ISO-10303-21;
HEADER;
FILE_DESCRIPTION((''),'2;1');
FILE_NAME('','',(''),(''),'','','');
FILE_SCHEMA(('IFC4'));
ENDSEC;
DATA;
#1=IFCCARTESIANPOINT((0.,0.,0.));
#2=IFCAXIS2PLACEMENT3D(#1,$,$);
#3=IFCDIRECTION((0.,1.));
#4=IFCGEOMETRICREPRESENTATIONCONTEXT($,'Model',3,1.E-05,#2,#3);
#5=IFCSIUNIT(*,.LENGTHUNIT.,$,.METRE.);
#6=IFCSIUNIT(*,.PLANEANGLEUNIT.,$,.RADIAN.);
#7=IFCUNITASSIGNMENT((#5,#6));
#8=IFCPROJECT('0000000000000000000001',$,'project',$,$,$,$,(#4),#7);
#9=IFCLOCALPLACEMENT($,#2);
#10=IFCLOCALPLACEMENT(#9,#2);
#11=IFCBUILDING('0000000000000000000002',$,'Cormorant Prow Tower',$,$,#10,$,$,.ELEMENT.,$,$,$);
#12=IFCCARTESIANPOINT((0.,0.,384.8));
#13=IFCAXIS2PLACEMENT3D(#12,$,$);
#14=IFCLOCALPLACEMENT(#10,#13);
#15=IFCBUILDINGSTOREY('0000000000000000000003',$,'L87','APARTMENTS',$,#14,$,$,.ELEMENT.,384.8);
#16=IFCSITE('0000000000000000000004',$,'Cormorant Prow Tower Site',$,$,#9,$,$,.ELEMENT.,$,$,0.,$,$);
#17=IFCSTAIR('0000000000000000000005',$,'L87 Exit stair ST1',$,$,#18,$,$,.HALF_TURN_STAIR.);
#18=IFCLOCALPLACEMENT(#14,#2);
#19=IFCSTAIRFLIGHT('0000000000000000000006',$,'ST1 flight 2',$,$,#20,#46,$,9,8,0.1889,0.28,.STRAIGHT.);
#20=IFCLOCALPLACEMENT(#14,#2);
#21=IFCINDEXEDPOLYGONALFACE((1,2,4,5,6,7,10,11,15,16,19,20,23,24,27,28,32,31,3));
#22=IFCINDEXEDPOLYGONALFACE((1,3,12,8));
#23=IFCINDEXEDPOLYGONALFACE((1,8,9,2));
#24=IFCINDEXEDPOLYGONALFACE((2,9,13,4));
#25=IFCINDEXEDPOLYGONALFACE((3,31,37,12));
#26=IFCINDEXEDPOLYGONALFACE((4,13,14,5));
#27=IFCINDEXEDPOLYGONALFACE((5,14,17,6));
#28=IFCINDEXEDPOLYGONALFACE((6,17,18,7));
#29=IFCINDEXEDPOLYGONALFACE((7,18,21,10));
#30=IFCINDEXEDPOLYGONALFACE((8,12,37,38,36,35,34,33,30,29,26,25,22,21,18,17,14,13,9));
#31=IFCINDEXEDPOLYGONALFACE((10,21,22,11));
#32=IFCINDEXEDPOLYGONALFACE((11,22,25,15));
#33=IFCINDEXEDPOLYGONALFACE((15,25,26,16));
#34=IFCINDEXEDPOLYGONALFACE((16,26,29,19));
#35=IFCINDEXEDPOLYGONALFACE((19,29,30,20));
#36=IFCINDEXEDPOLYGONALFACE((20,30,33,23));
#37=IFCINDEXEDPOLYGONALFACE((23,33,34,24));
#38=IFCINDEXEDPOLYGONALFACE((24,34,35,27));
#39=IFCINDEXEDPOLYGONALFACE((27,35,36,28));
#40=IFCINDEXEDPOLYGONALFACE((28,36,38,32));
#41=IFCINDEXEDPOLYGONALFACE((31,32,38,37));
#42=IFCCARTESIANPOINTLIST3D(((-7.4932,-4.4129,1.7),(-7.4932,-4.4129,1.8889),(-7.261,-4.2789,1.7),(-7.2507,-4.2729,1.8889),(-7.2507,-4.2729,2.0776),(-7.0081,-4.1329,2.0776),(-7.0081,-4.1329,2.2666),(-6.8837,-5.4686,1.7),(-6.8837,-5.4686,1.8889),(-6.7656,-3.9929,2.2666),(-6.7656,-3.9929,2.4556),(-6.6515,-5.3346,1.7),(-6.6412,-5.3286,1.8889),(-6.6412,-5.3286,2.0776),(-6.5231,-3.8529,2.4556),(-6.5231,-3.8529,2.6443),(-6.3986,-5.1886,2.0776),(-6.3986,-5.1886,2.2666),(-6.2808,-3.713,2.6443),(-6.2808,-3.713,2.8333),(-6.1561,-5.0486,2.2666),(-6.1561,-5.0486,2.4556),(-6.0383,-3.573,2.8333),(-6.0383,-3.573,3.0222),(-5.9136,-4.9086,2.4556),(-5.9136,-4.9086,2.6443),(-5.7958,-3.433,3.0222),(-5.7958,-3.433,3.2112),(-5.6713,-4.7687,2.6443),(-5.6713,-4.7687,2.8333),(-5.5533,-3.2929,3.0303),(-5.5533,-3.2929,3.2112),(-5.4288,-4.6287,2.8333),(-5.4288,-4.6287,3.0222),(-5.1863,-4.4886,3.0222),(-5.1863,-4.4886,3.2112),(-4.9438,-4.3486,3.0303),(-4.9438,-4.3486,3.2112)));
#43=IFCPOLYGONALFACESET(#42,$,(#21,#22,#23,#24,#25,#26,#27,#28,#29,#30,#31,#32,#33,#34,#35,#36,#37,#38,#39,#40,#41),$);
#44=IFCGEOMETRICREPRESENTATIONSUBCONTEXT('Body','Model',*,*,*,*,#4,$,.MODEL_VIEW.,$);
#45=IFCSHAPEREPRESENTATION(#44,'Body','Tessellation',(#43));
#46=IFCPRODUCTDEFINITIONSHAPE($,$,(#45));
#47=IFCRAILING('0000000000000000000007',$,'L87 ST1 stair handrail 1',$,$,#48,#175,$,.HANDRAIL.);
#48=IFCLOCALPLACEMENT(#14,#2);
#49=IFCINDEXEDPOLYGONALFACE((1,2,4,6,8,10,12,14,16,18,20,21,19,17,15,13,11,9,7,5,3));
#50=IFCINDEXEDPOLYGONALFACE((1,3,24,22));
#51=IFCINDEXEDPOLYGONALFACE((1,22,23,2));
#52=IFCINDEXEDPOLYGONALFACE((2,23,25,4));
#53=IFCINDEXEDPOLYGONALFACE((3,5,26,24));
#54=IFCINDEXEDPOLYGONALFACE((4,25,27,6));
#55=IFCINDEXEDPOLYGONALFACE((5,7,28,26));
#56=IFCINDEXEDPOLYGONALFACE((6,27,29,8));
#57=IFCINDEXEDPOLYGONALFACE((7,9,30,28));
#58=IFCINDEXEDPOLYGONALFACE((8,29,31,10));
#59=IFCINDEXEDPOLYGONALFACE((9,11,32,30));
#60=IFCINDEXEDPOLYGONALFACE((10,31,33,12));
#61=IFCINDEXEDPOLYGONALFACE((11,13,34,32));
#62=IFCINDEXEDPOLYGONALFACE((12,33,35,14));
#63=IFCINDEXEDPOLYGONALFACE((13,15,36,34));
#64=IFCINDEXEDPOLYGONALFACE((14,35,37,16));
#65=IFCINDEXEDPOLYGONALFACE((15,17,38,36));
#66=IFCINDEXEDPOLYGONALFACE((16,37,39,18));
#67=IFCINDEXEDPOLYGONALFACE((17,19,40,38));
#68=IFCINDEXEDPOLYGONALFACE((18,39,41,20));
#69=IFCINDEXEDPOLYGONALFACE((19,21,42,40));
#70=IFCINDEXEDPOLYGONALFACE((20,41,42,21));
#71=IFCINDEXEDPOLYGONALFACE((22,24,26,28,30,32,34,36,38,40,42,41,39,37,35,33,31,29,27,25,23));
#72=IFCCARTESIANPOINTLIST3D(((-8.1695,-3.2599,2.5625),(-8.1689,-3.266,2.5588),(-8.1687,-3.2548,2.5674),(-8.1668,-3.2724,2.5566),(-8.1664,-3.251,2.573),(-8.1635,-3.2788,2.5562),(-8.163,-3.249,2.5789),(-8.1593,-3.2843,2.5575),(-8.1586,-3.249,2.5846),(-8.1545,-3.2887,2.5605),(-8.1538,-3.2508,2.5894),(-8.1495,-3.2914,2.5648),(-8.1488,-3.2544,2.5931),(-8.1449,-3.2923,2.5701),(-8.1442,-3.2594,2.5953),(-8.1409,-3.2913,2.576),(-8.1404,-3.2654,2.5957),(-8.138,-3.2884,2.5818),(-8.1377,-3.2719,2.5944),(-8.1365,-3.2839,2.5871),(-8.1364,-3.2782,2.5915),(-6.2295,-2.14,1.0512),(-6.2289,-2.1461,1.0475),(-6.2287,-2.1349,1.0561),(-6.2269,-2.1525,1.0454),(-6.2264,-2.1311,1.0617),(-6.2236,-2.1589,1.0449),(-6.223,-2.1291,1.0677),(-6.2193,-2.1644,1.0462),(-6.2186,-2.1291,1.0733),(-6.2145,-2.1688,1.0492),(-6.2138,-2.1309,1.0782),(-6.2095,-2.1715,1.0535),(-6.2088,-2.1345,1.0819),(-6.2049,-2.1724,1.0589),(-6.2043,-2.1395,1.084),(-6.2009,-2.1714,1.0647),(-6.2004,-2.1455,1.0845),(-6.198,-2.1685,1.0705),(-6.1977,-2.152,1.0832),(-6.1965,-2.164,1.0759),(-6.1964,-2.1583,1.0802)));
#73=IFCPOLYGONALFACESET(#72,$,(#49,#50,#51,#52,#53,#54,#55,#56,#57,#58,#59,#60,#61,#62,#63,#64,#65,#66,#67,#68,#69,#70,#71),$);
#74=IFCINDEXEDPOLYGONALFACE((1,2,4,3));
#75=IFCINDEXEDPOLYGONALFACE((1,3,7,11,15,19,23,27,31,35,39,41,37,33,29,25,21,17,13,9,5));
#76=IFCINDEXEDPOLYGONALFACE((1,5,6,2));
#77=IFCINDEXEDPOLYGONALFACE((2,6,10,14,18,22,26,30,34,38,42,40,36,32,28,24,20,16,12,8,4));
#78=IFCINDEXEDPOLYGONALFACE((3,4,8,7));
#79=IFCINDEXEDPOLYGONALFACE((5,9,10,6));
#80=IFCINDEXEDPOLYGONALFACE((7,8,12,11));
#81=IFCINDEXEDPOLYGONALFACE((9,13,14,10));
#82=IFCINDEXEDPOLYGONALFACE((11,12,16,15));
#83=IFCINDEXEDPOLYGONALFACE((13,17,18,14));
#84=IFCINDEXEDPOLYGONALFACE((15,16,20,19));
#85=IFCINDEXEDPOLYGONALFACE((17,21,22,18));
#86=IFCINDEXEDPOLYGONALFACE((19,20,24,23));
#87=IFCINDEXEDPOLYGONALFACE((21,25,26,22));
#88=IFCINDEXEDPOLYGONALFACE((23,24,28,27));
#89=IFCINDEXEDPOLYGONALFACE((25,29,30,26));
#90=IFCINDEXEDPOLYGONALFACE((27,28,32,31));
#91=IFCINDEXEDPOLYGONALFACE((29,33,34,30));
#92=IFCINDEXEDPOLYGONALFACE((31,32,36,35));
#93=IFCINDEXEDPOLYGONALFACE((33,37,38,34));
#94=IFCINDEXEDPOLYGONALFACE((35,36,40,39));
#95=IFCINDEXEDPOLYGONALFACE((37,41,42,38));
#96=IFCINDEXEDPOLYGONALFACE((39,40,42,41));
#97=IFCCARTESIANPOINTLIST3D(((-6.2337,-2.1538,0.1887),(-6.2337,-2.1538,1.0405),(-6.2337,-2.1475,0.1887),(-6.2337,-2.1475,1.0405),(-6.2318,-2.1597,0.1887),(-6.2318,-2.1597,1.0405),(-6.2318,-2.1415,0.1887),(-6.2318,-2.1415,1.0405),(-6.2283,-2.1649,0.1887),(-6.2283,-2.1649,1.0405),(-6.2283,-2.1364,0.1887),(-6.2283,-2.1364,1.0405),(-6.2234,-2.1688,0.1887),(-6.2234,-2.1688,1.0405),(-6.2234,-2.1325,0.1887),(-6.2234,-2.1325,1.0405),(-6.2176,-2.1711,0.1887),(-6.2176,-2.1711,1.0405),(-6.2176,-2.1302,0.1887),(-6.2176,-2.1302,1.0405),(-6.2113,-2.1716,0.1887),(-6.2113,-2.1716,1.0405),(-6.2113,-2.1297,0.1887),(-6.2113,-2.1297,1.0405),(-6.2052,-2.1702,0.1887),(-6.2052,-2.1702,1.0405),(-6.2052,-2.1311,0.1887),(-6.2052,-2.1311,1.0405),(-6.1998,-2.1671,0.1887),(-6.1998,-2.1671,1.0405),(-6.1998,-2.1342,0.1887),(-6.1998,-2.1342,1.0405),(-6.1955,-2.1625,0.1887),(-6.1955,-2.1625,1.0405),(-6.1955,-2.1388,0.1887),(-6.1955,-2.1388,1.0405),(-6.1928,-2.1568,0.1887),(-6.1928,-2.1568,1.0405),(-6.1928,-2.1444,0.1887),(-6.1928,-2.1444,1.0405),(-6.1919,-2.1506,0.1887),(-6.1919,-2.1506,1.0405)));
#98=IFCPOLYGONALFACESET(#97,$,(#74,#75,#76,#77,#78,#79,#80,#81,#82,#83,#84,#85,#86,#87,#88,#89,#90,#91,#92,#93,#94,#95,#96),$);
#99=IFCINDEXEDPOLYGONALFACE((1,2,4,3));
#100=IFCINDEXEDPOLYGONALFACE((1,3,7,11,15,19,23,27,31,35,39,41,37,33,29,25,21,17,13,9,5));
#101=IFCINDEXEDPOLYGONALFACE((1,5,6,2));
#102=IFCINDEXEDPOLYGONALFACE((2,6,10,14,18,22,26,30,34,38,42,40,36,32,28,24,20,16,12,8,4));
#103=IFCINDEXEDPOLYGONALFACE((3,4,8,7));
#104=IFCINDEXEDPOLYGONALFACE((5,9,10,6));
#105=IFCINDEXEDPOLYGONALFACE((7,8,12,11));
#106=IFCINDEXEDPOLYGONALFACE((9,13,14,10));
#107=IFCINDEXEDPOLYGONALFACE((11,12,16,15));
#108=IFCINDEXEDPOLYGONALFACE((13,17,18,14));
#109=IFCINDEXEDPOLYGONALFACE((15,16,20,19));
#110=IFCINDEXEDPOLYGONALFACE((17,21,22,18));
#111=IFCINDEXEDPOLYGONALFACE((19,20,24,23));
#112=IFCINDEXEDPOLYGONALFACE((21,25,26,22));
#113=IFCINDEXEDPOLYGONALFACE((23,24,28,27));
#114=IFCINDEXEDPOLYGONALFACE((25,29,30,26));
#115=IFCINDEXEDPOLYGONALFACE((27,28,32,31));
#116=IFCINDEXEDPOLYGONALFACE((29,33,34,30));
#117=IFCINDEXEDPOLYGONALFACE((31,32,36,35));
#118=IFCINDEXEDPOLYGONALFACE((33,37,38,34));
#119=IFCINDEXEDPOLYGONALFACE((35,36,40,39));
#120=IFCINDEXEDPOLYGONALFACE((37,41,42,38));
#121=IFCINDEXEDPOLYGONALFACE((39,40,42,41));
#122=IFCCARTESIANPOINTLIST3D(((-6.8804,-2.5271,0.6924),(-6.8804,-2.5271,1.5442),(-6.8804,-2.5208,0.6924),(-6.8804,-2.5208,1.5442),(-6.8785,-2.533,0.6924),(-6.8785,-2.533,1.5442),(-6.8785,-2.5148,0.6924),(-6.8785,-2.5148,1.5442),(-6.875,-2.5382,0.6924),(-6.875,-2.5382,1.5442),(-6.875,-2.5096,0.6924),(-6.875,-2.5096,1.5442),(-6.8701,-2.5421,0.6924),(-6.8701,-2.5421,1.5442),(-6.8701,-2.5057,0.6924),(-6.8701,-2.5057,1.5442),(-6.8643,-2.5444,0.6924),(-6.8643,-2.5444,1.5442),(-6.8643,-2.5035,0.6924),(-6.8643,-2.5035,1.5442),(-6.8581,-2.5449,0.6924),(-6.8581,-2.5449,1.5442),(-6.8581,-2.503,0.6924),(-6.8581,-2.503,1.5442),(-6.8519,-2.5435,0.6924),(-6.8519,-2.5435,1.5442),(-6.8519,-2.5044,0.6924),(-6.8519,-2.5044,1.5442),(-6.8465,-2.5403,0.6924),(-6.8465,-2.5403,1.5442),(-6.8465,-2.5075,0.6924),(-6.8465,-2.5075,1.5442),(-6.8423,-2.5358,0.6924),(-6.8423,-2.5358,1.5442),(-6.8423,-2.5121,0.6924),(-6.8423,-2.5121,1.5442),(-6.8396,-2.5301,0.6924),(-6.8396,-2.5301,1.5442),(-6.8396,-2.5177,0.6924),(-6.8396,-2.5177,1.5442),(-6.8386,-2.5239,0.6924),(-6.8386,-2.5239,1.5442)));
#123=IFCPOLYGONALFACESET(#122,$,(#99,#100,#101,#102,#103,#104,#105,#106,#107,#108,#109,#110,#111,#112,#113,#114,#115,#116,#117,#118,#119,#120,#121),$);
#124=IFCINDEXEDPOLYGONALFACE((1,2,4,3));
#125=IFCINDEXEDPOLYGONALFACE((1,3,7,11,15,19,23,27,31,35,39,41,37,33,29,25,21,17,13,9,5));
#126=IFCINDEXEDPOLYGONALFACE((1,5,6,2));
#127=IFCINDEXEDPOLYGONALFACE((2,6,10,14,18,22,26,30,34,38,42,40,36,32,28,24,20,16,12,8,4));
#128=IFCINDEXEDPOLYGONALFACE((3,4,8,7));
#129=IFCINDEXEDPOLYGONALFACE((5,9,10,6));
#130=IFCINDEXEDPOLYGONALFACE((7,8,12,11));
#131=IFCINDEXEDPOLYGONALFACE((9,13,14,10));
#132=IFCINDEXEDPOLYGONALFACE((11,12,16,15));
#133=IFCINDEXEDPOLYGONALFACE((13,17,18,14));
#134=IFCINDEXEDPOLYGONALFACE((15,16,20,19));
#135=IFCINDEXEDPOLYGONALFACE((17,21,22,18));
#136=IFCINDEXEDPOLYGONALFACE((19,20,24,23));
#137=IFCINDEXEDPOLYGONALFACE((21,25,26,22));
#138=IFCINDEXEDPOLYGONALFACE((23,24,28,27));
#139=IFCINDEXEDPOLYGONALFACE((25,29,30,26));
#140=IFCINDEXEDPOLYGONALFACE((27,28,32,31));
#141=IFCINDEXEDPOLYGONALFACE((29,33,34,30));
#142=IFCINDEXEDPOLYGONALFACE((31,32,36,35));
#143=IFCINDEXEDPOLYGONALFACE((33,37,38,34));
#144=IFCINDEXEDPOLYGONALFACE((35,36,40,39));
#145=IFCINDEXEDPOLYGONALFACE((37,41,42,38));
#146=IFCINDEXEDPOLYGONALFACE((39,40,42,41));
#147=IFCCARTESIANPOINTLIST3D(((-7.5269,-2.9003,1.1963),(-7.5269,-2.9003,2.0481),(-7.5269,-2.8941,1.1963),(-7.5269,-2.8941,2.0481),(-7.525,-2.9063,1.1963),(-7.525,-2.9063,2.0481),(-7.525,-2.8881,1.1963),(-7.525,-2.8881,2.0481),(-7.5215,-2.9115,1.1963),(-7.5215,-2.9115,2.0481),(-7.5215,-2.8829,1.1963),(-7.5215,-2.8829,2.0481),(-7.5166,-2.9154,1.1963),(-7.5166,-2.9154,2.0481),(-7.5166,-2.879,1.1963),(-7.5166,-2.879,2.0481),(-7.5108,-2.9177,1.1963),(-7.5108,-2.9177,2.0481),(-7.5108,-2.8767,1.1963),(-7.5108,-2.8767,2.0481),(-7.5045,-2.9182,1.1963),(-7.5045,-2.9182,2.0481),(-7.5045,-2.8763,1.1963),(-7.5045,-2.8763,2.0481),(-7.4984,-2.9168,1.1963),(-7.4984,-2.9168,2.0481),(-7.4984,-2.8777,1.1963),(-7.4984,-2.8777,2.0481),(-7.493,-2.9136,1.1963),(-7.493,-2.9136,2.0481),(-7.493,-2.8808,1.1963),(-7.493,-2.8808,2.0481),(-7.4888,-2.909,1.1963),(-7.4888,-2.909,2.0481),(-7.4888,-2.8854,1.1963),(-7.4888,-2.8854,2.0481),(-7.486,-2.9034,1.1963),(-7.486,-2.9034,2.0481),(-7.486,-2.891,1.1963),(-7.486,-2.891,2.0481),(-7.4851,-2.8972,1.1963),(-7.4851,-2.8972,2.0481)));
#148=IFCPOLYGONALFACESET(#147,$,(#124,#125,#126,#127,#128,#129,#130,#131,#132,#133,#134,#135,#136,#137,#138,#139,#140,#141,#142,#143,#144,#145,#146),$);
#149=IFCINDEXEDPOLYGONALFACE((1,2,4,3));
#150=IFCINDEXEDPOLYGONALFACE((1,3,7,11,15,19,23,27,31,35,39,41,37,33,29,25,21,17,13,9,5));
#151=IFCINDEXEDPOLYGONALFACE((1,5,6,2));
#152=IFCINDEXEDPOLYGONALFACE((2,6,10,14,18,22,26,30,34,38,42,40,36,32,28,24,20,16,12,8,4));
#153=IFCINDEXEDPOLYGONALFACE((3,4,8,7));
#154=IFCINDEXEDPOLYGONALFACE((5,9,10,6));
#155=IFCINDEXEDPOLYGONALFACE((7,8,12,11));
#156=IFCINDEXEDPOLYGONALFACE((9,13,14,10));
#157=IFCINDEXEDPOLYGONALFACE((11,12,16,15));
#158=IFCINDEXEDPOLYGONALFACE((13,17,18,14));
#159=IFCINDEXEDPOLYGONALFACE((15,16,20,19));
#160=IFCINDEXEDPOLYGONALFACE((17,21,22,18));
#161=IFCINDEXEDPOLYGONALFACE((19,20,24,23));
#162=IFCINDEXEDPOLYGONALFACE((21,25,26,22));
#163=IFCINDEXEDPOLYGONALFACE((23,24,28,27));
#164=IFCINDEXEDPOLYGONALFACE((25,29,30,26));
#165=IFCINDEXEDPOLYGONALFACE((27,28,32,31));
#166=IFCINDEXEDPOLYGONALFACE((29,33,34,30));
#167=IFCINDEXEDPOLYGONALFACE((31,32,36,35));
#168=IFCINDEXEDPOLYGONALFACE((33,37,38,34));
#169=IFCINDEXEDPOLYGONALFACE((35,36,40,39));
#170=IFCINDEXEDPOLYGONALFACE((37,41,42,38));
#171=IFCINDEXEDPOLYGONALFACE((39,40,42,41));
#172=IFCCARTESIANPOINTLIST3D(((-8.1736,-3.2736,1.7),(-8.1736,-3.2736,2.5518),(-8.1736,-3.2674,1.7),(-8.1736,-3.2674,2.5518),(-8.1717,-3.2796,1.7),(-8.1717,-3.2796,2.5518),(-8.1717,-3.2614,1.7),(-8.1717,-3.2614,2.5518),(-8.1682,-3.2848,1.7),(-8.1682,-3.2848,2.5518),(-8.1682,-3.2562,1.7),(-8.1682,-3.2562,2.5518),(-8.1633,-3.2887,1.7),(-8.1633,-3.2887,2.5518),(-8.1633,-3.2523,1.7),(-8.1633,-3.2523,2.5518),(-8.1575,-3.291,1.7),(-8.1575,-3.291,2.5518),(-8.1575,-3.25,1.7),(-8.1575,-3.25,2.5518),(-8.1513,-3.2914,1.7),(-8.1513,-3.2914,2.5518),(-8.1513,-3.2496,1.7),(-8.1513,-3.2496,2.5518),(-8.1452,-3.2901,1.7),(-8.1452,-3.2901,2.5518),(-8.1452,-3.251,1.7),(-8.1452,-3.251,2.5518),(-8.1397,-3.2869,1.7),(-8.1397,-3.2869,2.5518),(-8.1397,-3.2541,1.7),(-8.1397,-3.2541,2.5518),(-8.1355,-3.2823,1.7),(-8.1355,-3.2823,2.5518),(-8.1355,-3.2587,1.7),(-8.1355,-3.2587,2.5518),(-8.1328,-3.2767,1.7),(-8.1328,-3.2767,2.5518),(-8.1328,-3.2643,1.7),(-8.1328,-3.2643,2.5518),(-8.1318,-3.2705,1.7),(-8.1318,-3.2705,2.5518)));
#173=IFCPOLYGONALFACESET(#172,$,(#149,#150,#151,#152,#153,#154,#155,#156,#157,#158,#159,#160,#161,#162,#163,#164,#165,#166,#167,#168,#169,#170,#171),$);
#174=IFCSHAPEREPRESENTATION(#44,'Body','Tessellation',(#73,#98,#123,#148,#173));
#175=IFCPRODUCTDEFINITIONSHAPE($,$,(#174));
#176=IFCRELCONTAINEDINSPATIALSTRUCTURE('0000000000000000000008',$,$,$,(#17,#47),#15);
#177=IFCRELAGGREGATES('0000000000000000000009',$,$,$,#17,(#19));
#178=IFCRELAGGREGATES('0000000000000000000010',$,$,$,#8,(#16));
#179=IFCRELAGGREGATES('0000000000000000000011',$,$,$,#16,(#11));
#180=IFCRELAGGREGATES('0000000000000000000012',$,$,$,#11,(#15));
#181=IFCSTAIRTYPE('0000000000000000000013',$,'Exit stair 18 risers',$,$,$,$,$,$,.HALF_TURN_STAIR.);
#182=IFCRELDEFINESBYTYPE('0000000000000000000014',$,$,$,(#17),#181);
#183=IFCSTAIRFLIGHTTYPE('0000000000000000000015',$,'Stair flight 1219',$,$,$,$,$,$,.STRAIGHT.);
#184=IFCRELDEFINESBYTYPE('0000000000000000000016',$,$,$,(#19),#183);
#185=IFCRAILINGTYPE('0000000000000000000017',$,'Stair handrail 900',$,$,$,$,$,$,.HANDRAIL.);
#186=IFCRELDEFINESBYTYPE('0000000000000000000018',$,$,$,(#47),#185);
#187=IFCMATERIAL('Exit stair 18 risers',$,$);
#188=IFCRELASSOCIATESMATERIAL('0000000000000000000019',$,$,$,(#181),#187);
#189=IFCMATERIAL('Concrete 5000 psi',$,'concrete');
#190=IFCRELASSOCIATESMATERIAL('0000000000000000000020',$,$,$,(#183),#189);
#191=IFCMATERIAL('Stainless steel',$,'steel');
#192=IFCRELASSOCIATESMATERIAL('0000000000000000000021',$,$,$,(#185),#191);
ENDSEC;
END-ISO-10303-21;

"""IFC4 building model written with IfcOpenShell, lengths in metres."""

from ifc_helpers import new_model, si_unit, direction, frame, origin, origin_2d, place, context, subcontext, project, spatial, polyline, circle, outline, extrude, material, type_object, element, aggregate, save


model = new_model("IFC4")

# Units and contexts
model_context = context("Model", 3, precision=1e-05, world=origin(), true_north=direction((0.0, 1.0)))
body_context = subcontext(model_context, "Body", "Model", "MODEL_VIEW")
ifc_project = project(units=[si_unit("LENGTHUNIT", "METRE"), si_unit("PLANEANGLEUNIT", "RADIAN")], contexts=[model_context])

# Site, building, storey
site_placement = place(None, origin())
site = spatial("IfcSite", under=ifc_project, at=site_placement, Name="Cormorant Prow Tower Site", CompositionType="ELEMENT", RefElevation=0.0)
building_placement = place(site_placement, origin())
building = spatial("IfcBuilding", under=site, at=building_placement, Name="Cormorant Prow Tower", CompositionType="ELEMENT")
storey_placement = place(building_placement, frame((0.0, 0.0, 384.8)))
storey = spatial("IfcBuildingStorey", under=building, at=storey_placement, Name="L87", Description="APARTMENTS", CompositionType="ELEMENT", Elevation=384.8)

# Stair, stair flight
ifc_material_1 = material(Name="Exit stair 18 risers")
stair_type = type_object("IfcStairType", Name="Exit stair 18 risers", PredefinedType="HALF_TURN_STAIR", material=ifc_material_1)
stair_placement = place(storey_placement, origin())
stair = element("IfcStair", 1, at=stair_placement, inside=storey, type_object=stair_type, Name="L87 Exit stair ST1", PredefinedType="HALF_TURN_STAIR")
ifc_material_2 = material(Name="Concrete 5000 psi", Category="concrete")
stair_flight_type = type_object("IfcStairFlightType", Name="Stair flight 1219", PredefinedType="STRAIGHT", material=ifc_material_2)
stair_flight_1_placement = place(storey_placement, frame((-7.1885, -4.9407, 1.7), z_axis=(0.0, 0.0, 1.0), x_axis=(0.866025, 0.5, 0.0)))
stair_flight_1 = element("IfcStairFlight", 2, at=stair_flight_1_placement, type_object=stair_flight_type, Name="ST1 flight 2", NumberOfRisers=9, NumberOfTreads=8, PredefinedType="STRAIGHT", RiserHeight=0.1889, TreadLength=0.28, context=body_context, shape_type="SweptSolid", body=[
    extrude(outline(polyline([(0.0, 0.0), (0.0, 0.189), (0.28, 0.189), (0.28, 0.3777), (0.5601, 0.3777), (0.5601, 0.5667), (0.8401, 0.5667), (0.8401, 0.7556), (1.1201, 0.7556), (1.1201, 0.9443), (1.3999, 0.9443), (1.3999, 1.1333), (1.6799, 1.1333), (1.6799, 1.3223), (1.96, 1.3223), (1.96, 1.5112), (2.24, 1.5112), (2.24, 1.7), (2.24, 1.3303), (0.2681, 0.0), (0.0, 0.0)])), frame((0.0, 0.6094, 0.0), z_axis=(0.0, -1.0, 0.0), x_axis=(1.0, 0.0, 0.0)), (0.0, 0.0, 1.0), 1.219),
])
aggregate(stair, [stair_flight_1])

# Railing
ifc_material_3 = material(Name="Stainless steel", Category="steel")
railing_type_1 = type_object("IfcRailingType", Name="Stair handrail 900", PredefinedType="HANDRAIL", material=ifc_material_3)
railing_1_placement = place(storey_placement, frame((-6.2129, -2.1506, 0.1887)))
element("IfcRailing", 3, at=railing_1_placement, inside=storey, type_object=railing_type_1, Name="L87 ST1 stair handrail 1", PredefinedType="HANDRAIL", context=body_context, shape_type="SweptSolid", body=[
    extrude(circle(Radius=0.0239, at=origin_2d()), frame((0.0, 0.0, 0.876), z_axis=(-0.71794, -0.414447, 0.559281), x_axis=(0.499949, -0.866055, 0.0)), (0.0, 0.0, 1.0), 2.7021),
    extrude(circle(Radius=0.021, at=origin_2d()), origin(), (0.0, 0.0, 1.0), 0.8518),
    extrude(circle(Radius=0.021, at=origin_2d()), frame((-0.6467, -0.3733, 0.5037)), (0.0, 0.0, 1.0), 0.8518),
    extrude(circle(Radius=0.021, at=origin_2d()), frame((-1.2932, -0.7466, 1.0076)), (0.0, 0.0, 1.0), 0.8518),
    extrude(circle(Radius=0.021, at=origin_2d()), frame((-1.9399, -1.1199, 1.5112)), (0.0, 0.0, 1.0), 0.8518),
])

save(model, "model.ifc")
